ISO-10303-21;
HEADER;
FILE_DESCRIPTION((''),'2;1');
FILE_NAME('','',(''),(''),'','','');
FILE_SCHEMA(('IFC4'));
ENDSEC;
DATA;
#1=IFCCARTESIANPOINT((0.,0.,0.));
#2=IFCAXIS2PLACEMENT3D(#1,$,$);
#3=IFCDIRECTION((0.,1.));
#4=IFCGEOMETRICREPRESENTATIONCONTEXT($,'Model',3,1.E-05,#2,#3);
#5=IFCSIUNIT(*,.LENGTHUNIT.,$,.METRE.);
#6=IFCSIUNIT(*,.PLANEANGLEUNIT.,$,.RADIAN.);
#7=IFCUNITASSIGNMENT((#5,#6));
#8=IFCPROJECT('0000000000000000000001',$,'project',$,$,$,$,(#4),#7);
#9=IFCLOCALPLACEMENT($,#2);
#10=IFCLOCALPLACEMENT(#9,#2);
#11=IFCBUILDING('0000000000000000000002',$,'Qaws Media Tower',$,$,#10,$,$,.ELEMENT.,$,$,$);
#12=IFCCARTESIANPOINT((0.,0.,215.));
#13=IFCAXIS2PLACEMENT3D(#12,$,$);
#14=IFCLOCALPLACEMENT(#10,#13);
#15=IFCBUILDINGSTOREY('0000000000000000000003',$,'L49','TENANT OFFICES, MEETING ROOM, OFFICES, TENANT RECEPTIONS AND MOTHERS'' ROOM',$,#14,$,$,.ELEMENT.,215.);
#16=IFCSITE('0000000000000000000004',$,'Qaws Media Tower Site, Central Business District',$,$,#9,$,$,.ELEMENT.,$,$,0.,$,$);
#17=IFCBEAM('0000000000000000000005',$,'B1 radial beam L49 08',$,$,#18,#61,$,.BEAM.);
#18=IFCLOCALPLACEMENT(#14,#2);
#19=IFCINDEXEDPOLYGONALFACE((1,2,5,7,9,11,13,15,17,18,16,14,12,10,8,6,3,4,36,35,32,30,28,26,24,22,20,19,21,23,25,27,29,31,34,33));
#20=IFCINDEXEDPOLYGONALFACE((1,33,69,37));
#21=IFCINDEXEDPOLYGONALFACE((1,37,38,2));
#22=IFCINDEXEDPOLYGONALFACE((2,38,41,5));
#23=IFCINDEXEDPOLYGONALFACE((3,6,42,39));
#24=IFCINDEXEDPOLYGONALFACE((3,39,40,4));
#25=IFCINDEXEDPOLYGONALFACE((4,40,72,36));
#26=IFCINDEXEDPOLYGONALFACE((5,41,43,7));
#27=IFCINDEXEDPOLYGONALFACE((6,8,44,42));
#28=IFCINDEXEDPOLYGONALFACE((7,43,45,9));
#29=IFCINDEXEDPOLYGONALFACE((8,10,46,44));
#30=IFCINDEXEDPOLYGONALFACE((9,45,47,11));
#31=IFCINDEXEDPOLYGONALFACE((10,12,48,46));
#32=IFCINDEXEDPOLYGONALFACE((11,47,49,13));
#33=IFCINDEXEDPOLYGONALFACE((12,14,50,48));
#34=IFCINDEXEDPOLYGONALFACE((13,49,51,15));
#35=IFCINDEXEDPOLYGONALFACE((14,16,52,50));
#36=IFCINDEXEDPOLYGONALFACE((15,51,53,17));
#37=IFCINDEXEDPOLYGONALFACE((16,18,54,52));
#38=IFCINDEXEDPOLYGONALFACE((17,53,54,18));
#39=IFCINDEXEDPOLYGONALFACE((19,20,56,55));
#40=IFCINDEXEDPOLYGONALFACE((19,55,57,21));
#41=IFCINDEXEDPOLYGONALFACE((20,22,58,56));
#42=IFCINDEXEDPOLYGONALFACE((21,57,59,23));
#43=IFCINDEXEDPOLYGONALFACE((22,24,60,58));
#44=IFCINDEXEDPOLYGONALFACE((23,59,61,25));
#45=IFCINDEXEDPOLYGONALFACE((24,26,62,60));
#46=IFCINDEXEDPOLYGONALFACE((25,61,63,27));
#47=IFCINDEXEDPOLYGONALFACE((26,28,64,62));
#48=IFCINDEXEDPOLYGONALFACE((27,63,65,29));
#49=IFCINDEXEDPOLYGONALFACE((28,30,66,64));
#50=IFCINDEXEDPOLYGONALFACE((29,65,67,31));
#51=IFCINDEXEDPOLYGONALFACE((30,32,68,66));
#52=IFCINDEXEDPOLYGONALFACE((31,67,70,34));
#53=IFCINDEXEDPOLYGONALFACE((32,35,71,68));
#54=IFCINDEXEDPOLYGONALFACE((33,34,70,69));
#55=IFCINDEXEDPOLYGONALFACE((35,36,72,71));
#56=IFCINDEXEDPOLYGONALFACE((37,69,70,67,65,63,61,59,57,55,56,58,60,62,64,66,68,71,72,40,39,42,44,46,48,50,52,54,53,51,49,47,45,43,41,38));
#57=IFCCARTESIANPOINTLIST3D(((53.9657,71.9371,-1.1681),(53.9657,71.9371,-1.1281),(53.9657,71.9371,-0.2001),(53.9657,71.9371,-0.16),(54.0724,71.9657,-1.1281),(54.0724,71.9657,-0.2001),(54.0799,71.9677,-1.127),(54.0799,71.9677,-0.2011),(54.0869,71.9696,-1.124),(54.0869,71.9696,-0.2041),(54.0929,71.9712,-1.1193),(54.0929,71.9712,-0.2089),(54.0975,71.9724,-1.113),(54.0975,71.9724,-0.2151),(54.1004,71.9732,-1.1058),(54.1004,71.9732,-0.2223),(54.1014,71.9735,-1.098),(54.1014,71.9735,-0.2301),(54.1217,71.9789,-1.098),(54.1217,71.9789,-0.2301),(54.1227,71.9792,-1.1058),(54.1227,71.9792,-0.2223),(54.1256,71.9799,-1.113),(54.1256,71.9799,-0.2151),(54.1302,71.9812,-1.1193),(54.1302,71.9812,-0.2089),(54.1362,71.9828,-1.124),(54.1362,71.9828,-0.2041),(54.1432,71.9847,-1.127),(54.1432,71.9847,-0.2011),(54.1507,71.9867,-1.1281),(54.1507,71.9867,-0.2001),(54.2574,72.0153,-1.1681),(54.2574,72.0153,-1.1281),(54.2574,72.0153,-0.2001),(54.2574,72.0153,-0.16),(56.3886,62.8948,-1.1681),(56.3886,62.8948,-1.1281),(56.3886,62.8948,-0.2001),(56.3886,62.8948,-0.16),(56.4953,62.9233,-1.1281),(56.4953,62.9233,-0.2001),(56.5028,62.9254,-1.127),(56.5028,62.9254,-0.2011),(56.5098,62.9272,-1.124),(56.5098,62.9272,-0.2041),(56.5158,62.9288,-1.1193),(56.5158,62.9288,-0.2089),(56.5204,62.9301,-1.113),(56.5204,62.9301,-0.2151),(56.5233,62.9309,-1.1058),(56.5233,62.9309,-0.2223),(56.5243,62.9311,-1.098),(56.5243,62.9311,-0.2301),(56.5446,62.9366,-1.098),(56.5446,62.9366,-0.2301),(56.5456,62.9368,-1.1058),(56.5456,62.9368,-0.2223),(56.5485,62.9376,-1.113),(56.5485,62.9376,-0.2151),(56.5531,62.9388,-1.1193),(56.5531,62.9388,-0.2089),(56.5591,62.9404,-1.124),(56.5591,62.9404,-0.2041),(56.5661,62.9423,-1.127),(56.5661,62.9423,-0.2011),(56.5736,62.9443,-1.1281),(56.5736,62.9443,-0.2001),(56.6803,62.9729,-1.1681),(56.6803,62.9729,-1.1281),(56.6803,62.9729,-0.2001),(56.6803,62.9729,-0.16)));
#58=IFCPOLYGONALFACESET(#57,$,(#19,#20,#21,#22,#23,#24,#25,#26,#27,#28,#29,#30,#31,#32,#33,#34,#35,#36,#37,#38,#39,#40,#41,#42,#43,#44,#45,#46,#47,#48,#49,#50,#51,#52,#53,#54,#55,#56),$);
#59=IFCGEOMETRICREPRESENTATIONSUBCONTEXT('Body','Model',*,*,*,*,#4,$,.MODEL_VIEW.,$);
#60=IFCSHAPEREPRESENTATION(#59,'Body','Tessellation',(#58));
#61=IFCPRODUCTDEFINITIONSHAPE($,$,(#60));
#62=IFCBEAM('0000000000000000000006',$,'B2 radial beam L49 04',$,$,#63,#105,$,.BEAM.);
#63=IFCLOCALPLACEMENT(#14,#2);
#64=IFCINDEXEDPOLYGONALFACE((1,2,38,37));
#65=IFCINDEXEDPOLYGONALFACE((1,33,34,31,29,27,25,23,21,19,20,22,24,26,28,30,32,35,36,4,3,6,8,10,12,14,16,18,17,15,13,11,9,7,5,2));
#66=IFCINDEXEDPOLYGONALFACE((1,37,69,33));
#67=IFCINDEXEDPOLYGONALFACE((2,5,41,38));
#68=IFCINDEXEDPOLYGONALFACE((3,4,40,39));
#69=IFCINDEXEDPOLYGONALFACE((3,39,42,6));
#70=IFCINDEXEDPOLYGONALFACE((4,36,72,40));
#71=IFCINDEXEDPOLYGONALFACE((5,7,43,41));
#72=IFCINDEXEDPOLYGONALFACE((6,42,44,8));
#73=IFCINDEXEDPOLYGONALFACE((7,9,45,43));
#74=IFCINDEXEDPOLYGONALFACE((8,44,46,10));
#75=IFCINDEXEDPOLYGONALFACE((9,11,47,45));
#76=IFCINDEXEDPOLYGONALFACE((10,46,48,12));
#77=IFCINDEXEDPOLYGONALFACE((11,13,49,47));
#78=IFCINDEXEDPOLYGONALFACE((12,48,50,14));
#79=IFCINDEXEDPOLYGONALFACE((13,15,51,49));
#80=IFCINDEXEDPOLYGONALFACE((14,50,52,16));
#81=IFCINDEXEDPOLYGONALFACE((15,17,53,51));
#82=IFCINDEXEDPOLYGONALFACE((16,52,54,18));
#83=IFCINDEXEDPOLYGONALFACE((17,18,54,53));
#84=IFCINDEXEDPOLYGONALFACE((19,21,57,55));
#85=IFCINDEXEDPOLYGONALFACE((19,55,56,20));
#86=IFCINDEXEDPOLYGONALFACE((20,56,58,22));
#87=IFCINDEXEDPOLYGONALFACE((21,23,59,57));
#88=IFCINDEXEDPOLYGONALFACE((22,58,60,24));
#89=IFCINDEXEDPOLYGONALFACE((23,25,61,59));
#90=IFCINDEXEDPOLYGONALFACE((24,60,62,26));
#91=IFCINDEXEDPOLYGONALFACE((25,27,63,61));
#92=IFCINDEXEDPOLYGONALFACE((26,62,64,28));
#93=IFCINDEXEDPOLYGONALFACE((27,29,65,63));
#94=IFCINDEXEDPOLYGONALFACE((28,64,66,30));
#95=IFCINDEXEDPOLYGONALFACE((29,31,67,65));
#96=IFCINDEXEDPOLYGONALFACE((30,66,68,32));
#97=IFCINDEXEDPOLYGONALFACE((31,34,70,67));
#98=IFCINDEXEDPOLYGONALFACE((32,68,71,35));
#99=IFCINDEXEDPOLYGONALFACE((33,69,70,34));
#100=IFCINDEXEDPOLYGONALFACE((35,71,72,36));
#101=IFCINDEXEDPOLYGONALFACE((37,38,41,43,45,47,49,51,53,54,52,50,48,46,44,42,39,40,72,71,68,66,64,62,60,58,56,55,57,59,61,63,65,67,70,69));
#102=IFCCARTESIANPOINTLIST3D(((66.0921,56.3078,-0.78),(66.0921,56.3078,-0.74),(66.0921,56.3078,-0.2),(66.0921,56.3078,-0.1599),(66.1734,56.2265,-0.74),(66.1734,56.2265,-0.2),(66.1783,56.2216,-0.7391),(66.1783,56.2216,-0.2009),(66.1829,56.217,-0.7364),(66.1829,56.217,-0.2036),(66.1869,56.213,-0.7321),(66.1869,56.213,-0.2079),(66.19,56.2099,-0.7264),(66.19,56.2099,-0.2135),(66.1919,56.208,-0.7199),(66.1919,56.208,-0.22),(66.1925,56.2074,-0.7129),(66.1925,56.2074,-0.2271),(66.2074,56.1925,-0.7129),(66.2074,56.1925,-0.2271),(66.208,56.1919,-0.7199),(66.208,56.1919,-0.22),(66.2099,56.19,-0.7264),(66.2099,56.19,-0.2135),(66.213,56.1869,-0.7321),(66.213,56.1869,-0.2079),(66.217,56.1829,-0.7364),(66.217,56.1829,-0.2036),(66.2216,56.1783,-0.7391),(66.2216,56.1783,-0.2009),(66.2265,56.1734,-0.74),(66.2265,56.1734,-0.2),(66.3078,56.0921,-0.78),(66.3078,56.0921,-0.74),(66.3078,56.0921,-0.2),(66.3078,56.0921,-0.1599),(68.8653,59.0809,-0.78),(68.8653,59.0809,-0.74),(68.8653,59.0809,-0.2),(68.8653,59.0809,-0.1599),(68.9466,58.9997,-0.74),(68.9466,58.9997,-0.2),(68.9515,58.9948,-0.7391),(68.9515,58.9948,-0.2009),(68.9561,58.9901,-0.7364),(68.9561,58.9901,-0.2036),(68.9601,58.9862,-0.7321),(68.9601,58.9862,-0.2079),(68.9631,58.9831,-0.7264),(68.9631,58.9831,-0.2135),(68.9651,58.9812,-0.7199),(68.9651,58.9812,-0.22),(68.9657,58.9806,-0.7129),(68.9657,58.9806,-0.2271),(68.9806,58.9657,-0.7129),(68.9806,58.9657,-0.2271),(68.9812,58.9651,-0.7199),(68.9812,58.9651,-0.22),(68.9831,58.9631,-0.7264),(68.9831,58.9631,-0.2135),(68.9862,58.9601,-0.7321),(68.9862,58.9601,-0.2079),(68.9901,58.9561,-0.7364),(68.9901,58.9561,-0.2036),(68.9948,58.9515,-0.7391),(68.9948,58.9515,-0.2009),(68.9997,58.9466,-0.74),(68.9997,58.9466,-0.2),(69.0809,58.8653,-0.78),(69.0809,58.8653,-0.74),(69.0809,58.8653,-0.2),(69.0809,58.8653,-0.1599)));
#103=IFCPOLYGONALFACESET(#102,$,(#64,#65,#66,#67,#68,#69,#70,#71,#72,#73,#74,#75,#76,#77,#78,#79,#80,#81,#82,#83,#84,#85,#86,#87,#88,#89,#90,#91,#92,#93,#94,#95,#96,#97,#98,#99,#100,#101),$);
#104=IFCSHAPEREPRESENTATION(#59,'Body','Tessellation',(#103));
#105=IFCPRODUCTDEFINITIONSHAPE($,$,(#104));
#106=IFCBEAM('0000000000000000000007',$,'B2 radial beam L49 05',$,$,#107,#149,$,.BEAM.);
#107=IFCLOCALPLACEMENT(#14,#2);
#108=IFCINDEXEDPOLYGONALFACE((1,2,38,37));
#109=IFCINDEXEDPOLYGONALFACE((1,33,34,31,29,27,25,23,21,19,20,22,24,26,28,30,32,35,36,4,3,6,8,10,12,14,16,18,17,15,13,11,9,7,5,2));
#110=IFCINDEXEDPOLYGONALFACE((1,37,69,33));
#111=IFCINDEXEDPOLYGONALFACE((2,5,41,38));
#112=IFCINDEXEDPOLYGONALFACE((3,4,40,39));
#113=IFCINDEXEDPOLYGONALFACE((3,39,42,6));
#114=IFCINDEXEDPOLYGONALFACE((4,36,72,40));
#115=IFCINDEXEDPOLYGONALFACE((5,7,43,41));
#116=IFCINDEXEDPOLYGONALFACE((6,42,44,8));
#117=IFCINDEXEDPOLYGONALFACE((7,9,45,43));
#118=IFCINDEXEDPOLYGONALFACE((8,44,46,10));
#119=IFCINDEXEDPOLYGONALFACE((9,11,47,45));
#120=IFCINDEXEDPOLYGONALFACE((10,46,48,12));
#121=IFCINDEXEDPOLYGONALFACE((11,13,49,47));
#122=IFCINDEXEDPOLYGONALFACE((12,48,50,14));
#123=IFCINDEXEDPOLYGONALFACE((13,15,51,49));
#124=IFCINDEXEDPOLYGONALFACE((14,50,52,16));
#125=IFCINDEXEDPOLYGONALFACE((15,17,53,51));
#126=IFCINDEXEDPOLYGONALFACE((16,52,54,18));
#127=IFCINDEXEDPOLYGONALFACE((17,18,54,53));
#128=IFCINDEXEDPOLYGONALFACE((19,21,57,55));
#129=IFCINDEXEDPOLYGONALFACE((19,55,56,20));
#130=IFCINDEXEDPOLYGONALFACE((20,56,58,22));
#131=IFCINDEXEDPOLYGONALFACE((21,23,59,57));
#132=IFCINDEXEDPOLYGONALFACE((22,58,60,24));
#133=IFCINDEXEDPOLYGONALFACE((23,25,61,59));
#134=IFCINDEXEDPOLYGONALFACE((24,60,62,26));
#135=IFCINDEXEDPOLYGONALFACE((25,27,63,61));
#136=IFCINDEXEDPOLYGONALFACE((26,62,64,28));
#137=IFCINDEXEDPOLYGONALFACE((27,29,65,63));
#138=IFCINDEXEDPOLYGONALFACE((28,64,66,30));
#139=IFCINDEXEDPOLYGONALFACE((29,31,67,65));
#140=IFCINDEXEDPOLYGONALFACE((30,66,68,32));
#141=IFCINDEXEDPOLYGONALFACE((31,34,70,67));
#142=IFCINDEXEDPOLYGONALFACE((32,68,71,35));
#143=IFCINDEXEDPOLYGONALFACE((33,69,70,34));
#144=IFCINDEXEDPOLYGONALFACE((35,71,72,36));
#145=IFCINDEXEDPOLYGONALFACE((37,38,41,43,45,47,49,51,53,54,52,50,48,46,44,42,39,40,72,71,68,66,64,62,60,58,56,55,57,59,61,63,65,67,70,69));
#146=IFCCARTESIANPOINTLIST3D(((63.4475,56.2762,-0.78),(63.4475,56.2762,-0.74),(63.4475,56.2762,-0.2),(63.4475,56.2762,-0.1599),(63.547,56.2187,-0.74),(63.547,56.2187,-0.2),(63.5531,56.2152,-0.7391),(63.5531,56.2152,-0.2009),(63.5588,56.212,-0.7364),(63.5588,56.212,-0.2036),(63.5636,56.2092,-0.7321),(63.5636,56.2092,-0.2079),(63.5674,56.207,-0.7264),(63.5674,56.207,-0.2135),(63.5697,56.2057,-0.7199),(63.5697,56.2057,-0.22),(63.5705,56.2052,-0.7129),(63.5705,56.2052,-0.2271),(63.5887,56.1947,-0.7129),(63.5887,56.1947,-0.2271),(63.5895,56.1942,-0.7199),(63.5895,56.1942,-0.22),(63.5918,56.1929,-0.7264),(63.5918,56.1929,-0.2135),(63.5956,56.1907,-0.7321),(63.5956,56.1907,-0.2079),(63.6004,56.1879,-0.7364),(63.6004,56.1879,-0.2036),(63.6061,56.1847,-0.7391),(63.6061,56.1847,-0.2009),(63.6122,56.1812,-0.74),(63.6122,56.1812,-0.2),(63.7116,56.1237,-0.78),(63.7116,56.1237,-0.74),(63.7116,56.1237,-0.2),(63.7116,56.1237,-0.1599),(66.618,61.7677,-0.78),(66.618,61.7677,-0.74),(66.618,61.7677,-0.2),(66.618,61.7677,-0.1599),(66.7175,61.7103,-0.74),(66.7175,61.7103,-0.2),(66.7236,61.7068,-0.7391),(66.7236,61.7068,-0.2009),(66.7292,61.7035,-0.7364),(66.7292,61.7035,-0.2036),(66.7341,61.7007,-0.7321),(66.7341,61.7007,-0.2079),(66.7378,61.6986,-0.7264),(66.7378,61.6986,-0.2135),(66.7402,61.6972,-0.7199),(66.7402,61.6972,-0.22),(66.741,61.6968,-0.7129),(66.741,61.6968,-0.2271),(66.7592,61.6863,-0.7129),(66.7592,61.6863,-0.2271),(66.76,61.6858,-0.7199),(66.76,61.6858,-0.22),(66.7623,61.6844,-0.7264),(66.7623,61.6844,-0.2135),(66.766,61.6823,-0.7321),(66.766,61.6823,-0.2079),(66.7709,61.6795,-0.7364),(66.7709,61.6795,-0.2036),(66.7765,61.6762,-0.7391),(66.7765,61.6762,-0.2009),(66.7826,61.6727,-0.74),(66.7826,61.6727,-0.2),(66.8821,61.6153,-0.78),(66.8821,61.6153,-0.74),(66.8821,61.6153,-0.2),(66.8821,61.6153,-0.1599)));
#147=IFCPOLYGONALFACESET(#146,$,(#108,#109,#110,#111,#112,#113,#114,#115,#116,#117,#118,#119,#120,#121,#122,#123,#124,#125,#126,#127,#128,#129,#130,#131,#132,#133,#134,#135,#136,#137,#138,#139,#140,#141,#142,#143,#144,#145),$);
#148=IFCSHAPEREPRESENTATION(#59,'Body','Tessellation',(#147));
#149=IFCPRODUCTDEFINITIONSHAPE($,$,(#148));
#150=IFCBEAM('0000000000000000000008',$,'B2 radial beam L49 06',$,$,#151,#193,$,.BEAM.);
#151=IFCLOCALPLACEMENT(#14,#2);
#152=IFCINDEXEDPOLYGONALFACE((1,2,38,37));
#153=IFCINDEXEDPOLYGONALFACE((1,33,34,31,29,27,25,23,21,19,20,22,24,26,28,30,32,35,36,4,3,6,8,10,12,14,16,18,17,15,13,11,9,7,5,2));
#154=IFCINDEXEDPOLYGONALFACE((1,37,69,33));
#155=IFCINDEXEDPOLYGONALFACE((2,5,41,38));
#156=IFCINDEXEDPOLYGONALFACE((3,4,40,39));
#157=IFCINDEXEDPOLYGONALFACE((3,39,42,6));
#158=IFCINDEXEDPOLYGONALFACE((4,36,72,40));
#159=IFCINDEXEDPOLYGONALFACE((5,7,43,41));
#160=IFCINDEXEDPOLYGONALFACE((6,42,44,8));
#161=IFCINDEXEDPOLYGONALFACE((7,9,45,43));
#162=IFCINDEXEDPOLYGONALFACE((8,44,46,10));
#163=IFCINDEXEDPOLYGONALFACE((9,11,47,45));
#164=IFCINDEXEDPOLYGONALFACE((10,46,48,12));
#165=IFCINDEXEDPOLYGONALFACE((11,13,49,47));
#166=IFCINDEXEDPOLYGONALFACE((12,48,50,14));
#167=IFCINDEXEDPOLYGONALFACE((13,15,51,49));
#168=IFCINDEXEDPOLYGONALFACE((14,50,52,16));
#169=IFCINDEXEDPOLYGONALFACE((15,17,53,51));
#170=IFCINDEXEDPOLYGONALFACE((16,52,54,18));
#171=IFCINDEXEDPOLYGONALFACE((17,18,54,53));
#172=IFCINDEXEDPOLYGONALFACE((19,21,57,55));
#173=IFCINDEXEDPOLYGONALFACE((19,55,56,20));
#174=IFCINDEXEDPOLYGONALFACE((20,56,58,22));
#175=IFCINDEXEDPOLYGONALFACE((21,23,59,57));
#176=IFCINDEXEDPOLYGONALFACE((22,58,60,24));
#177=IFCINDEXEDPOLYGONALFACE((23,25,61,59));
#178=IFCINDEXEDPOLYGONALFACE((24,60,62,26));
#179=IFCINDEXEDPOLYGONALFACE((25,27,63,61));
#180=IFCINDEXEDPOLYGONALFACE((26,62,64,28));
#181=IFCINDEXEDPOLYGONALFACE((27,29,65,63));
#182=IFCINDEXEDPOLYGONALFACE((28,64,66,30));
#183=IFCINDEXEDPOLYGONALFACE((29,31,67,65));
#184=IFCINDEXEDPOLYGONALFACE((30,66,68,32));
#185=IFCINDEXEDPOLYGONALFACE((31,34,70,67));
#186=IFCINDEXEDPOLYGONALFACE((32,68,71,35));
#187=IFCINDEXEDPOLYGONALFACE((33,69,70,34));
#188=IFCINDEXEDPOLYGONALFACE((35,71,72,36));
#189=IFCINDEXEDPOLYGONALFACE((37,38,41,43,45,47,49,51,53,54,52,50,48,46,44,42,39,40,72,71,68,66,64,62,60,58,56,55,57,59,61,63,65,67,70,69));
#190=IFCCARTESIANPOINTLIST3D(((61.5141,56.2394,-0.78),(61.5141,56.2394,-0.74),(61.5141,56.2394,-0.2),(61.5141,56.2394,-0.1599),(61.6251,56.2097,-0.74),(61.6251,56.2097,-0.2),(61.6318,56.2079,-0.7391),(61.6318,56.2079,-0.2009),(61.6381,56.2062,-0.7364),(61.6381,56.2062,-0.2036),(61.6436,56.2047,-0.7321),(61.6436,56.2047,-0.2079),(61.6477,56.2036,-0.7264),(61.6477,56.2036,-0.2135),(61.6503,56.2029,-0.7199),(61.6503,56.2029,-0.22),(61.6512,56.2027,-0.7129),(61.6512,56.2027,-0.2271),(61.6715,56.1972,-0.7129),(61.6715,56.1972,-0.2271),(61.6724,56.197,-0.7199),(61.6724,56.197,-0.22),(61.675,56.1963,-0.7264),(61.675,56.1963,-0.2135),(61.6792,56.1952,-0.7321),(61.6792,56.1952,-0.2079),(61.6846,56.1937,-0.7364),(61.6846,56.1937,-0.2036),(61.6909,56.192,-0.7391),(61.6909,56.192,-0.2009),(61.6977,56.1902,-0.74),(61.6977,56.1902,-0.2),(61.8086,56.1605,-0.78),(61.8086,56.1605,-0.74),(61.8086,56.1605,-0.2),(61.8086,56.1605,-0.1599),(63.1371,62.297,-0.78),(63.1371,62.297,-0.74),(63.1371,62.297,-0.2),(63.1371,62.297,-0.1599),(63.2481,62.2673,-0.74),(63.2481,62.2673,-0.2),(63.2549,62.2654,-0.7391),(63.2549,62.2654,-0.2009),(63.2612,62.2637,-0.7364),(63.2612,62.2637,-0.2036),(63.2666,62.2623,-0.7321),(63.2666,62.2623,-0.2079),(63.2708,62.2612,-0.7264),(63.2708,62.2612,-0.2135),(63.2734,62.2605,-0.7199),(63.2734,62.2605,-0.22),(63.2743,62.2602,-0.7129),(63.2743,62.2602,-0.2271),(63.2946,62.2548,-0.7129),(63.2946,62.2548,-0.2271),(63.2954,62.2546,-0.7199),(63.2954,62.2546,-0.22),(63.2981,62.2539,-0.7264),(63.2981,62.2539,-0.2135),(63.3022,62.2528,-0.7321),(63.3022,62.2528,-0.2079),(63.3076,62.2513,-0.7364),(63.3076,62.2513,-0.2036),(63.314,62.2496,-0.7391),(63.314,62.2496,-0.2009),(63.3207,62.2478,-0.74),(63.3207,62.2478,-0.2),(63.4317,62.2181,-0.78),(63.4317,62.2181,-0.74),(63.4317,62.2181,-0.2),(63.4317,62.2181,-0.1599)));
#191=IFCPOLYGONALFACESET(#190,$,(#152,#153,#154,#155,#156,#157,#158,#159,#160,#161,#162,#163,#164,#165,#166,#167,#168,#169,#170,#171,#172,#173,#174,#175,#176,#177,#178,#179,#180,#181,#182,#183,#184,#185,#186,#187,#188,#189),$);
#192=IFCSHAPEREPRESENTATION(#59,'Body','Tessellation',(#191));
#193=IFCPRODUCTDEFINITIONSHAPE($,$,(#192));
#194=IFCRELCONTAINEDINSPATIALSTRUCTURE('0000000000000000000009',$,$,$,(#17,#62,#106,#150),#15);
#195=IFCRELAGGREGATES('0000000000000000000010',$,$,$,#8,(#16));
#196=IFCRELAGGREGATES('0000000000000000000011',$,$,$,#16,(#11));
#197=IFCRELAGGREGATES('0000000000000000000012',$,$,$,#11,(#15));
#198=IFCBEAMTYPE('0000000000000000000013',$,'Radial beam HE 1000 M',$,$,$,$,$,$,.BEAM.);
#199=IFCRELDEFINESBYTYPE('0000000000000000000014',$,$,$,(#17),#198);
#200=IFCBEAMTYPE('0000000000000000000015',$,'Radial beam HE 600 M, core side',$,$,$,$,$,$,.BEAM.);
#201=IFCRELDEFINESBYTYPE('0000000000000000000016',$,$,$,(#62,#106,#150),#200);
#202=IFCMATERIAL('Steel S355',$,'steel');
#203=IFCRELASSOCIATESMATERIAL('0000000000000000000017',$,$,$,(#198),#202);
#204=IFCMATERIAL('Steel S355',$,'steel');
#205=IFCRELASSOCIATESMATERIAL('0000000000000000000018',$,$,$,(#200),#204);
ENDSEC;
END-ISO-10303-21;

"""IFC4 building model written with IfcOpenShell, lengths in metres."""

from ifc_helpers import new_model, si_unit, direction, frame, origin, origin_2d, place, context, subcontext, project, spatial, i_section, extrude, material, material_profile, profile_set, type_object, element, save


model = new_model("IFC4")

# Units and contexts
model_context = context("Model", 3, precision=1e-05, world=origin(), true_north=direction((0.0, 1.0)))
body_context = subcontext(model_context, "Body", "Model", "MODEL_VIEW")
ifc_project = project(units=[si_unit("LENGTHUNIT", "METRE"), si_unit("PLANEANGLEUNIT", "RADIAN")], contexts=[model_context])

# Site, building, storey
site_placement = place(None, origin())
site = spatial("IfcSite", under=ifc_project, at=site_placement, Name="Qaws Media Tower Site, Central Business District", CompositionType="ELEMENT", RefElevation=0.0)
building_placement = place(site_placement, origin())
building = spatial("IfcBuilding", under=site, at=building_placement, Name="Qaws Media Tower", CompositionType="ELEMENT")
storey_placement = place(building_placement, frame((0.0, 0.0, 215.0)))
storey = spatial("IfcBuildingStorey", under=building, at=storey_placement, Name="L49", Description="TENANT OFFICES, MEETING ROOM, OFFICES, TENANT RECEPTIONS AND MOTHERS' ROOM", CompositionType="ELEMENT", Elevation=215.0)

# Beams
ifc_material_1 = material(Name="Steel S355", Category="steel")
ifc_material_profile_1 = material_profile(ifc_material_1, i_section(OverallWidth=0.302, OverallDepth=1.0081, WebThickness=0.021, FlangeThickness=0.04, FilletRadius=0.03, at=origin_2d()), Name="HE 1000 M")
ifc_profile_set_1 = profile_set([ifc_material_profile_1], Name="Steel S355")
beam_type_1 = type_object("IfcBeamType", Name="Radial beam HE 1000 M", PredefinedType="BEAM", material=ifc_profile_set_1)
beam_1_placement = place(storey_placement, frame((56.5344, 62.9338, -0.6641), z_axis=(-0.258818, 0.965926, 0.0), x_axis=(-0.965926, -0.258818, 0.0)))
element("IfcBeam", 1, at=beam_1_placement, inside=storey, type_object=beam_type_1, Name="B1 radial beam L49 08", PredefinedType="BEAM", context=body_context, shape_type="SweptSolid", body=[
    extrude(i_section(OverallWidth=0.302, OverallDepth=1.0081, WebThickness=0.021, FlangeThickness=0.04, FilletRadius=0.03, at=origin_2d()), origin(), (0.0, 0.0, 1.0), 9.3613),
])
ifc_material_2 = material(Name="Steel S355", Category="steel")
ifc_material_profile_2 = material_profile(ifc_material_2, i_section(OverallWidth=0.3049, OverallDepth=0.6201, WebThickness=0.021, FlangeThickness=0.04, FilletRadius=0.0271, at=origin_2d()), Name="HE 600 M")
ifc_profile_set_2 = profile_set([ifc_material_profile_2], Name="Steel S355")
beam_type_2 = type_object("IfcBeamType", Name="Radial beam HE 600 M, core side", PredefinedType="BEAM", material=ifc_profile_set_2)
beam_2_placement = place(storey_placement, frame((66.2, 56.2, -0.47), z_axis=(0.707107, 0.707107, 0.0), x_axis=(-0.707107, 0.707107, 0.0)))
element("IfcBeam", 2, at=beam_2_placement, inside=storey, type_object=beam_type_2, Name="B2 radial beam L49 04", PredefinedType="BEAM", context=body_context, shape_type="SweptSolid", body=[
    extrude(i_section(OverallWidth=0.3049, OverallDepth=0.6201, WebThickness=0.021, FlangeThickness=0.04, FilletRadius=0.0271, at=origin_2d()), origin(), (0.0, 0.0, 1.0), 3.9219),
])
beam_3_placement = place(storey_placement, frame((63.5796, 56.2, -0.47), z_axis=(0.49999, 0.866031, 0.0), x_axis=(-0.866031, 0.49999, 0.0)))
element("IfcBeam", 3, at=beam_3_placement, inside=storey, type_object=beam_type_2, Name="B2 radial beam L49 05", PredefinedType="BEAM", context=body_context, shape_type="SweptSolid", body=[
    extrude(i_section(OverallWidth=0.3049, OverallDepth=0.6201, WebThickness=0.021, FlangeThickness=0.04, FilletRadius=0.0271, at=origin_2d()), origin(), (0.0, 0.0, 1.0), 6.3411),
])
beam_4_placement = place(storey_placement, frame((61.6614, 56.2, -0.47), z_axis=(0.258806, 0.965929, 0.0), x_axis=(-0.965929, 0.258806, 0.0)))
element("IfcBeam", 4, at=beam_4_placement, inside=storey, type_object=beam_type_2, Name="B2 radial beam L49 06", PredefinedType="BEAM", context=body_context, shape_type="SweptSolid", body=[
    extrude(i_section(OverallWidth=0.3049, OverallDepth=0.6201, WebThickness=0.021, FlangeThickness=0.04, FilletRadius=0.0271, at=origin_2d()), origin(), (0.0, 0.0, 1.0), 6.2712),
])

save(model, "model.ifc")
